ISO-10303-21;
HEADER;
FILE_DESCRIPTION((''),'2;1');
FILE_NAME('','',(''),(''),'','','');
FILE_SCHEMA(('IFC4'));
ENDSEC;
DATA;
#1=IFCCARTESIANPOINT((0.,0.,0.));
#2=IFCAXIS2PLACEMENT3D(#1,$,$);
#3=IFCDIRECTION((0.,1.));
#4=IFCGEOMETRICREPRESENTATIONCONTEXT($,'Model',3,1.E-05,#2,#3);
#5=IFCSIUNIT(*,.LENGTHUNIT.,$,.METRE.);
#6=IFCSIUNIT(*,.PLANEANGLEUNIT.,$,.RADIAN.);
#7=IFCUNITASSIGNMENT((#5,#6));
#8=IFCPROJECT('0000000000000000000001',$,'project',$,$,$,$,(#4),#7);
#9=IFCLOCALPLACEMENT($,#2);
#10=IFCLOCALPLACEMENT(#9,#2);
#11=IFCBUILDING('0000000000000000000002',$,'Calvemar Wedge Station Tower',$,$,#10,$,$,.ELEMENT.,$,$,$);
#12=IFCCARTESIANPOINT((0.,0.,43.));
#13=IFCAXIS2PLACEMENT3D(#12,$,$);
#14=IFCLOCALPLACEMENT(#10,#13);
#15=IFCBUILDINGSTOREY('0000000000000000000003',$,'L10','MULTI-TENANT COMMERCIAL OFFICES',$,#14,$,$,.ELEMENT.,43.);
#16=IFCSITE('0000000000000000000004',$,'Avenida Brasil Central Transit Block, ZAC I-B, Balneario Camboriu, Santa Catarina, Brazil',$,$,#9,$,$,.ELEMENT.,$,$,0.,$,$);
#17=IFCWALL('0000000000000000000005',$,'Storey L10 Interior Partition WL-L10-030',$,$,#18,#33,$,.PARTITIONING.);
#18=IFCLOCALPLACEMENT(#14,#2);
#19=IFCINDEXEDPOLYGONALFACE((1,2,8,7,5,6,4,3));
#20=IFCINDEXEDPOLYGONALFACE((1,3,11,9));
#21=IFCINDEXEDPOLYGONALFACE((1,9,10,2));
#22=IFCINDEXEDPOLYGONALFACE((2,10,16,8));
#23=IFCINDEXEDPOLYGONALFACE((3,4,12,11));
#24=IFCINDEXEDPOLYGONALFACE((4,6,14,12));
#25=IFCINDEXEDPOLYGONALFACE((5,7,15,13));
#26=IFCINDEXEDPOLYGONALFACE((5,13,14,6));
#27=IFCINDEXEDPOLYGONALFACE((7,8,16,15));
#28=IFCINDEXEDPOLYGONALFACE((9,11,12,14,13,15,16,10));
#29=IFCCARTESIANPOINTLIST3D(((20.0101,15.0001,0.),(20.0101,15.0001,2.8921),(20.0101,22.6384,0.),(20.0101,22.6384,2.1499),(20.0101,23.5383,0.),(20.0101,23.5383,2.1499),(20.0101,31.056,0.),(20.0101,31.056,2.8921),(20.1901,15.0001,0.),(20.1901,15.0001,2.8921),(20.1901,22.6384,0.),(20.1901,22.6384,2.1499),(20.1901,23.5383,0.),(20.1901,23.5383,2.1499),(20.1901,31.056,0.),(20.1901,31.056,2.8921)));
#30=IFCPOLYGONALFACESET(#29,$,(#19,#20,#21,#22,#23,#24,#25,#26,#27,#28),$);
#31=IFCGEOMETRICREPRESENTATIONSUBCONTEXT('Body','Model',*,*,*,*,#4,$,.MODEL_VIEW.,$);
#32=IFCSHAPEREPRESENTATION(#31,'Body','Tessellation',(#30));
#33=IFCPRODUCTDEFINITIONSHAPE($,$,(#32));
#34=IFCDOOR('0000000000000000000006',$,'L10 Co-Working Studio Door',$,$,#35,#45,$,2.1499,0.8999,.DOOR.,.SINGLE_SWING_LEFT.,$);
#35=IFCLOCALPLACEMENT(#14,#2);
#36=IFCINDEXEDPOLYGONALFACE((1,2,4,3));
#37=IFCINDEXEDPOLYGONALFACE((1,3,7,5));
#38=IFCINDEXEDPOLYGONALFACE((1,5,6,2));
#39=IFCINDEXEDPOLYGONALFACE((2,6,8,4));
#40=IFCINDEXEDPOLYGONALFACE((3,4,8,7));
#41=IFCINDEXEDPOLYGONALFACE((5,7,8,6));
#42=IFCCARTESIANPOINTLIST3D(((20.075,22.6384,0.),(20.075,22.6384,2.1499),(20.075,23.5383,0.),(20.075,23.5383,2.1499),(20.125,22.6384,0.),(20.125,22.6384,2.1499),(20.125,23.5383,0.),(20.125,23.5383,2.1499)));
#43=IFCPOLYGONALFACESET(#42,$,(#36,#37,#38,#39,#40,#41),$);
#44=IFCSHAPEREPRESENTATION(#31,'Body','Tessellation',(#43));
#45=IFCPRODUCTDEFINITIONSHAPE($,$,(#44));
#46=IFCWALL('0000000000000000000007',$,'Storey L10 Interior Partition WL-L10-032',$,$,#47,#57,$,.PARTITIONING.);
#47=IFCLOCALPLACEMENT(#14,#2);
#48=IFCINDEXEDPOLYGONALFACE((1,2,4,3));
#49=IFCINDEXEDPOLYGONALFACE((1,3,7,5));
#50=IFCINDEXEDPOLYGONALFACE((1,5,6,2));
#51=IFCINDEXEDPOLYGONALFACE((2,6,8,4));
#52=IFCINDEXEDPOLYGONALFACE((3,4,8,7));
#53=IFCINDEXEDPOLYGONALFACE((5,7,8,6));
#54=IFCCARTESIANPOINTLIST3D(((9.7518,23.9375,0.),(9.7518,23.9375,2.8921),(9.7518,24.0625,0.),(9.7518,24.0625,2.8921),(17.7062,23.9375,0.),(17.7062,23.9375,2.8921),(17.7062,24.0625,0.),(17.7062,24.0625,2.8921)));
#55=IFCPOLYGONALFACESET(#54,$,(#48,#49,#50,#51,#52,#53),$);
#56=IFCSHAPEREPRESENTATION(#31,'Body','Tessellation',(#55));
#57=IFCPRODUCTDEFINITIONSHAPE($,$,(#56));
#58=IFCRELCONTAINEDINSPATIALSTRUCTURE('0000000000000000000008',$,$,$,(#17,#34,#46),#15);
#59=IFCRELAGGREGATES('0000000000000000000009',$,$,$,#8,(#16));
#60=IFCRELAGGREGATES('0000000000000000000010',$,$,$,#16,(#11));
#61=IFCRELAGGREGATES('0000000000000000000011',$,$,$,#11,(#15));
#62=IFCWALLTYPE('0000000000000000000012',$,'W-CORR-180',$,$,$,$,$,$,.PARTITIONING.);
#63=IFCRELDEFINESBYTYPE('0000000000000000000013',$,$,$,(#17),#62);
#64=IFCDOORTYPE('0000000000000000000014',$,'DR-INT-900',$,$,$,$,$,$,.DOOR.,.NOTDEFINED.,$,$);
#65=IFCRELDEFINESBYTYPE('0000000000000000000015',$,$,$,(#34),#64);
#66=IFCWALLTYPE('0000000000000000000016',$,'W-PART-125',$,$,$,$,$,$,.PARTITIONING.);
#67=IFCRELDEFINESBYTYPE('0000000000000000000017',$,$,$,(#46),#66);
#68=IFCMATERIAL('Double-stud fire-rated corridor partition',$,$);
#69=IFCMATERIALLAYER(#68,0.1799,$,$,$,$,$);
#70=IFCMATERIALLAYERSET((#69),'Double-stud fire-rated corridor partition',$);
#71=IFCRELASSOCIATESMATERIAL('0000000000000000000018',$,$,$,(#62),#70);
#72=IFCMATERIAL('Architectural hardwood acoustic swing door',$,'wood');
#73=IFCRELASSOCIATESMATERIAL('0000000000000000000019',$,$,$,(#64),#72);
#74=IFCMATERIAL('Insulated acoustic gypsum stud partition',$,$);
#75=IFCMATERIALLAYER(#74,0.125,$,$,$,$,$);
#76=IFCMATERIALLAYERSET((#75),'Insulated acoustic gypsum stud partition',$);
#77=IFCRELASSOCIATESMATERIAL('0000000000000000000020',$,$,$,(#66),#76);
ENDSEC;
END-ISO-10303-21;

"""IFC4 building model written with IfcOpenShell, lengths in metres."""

from ifc_helpers import new_model, si_unit, direction, frame, frame_2d, origin, place, context, subcontext, project, spatial, rectangle, extrude, source, transform, mapped, material, layer, layer_set, type_object, element, fill, save


model = new_model("IFC4")

# Units and contexts
model_context = context("Model", 3, precision=1e-05, world=origin(), true_north=direction((0.0, 1.0)))
body_context = subcontext(model_context, "Body", "Model", "MODEL_VIEW")
ifc_project = project(units=[si_unit("LENGTHUNIT", "METRE"), si_unit("PLANEANGLEUNIT", "RADIAN")], contexts=[model_context])

# Site, building, storey
site_placement = place(None, origin())
site = spatial("IfcSite", under=ifc_project, at=site_placement, Name="Avenida Brasil Central Transit Block, ZAC I-B, Balneario Camboriu, Santa Catarina, Brazil", CompositionType="ELEMENT", RefElevation=0.0)
building_placement = place(site_placement, origin())
building = spatial("IfcBuilding", under=site, at=building_placement, Name="Calvemar Wedge Station Tower", CompositionType="ELEMENT")
storey_placement = place(building_placement, frame((0.0, 0.0, 43.0)))
storey = spatial("IfcBuildingStorey", under=building, at=storey_placement, Name="L10", Description="MULTI-TENANT COMMERCIAL OFFICES", CompositionType="ELEMENT", Elevation=43.0)

# Shared definitions
ifc_material_1 = material(Name="Double-stud fire-rated corridor partition")
ifc_layer_1 = layer(ifc_material_1, 0.1799)
ifc_layer_set_1 = layer_set([ifc_layer_1], Name="Double-stud fire-rated corridor partition")
wall_type_1 = type_object("IfcWallType", Name="W-CORR-180", PredefinedType="PARTITIONING", material=ifc_layer_set_1)

# Wall, opening, door
shared_shape_1 = source(origin(), body_context, "Body", "SweptSolid", [
    extrude(rectangle(XDim=0.8999, YDim=2.1499, at=frame_2d((0.45, 1.075))), frame((0.0, 0.1001, 0.0), z_axis=(0.0, -1.0, 0.0), x_axis=(1.0, 0.0, 0.0)), (0.0, 0.0, 1.0), 0.2),
])
ifc_material_2 = material(Name="Architectural hardwood acoustic swing door", Category="wood")
door_type_1 = type_object("IfcDoorType", Name="DR-INT-900", OperationType="NOTDEFINED", PredefinedType="DOOR", material=ifc_material_2)
shared_shape_2 = source(origin(), body_context, "Body", "SweptSolid", [
    extrude(rectangle(XDim=0.8999, YDim=2.1499, at=frame_2d((0.45, 1.075))), frame((0.0, 0.0249, 0.0), z_axis=(0.0, -1.0, 0.0), x_axis=(1.0, 0.0, 0.0)), (0.0, 0.0, 1.0), 0.05),
])
wall_1_placement = place(storey_placement, frame((20.1001, 31.0559, 0.0), z_axis=(0.0, 0.0, 1.0), x_axis=(0.0, -1.0, 0.0)))
wall_1 = element("IfcWall", 1, at=wall_1_placement, inside=storey, type_object=wall_type_1, Name="Storey L10 Interior Partition WL-L10-030", PredefinedType="PARTITIONING", context=body_context, shape_type="SweptSolid", body=[
    extrude(rectangle(XDim=16.0559, YDim=0.1799, at=frame_2d((8.0278, 0.0))), origin(), (0.0, 0.0, 1.0), 2.8921),
])
opening_1_placement = place(wall_1_placement, frame((7.5176, 0.0, 0.0)))
opening_1 = element("IfcOpeningElement", 2, at=opening_1_placement, cuts=wall_1, PredefinedType="OPENING", context=body_context, shape_type="MappedRepresentation", body=[
    mapped(shared_shape_1, transform((0.0, 0.0, 0.0), scale=1.0)),
])
door_1_placement = place(opening_1_placement, origin())
door_1 = element("IfcDoor", 3, at=door_1_placement, inside=storey, type_object=door_type_1, Name="L10 Co-Working Studio Door", OperationType="SINGLE_SWING_LEFT", OverallHeight=2.1499, OverallWidth=0.8999, PredefinedType="DOOR", context=body_context, shape_type="MappedRepresentation", body=[
    mapped(shared_shape_2, transform((0.0, 0.0, 0.0), scale=1.0)),
])
fill(opening_1, door_1)

# Wall
ifc_material_3 = material(Name="Insulated acoustic gypsum stud partition")
ifc_layer_2 = layer(ifc_material_3, 0.125)
ifc_layer_set_2 = layer_set([ifc_layer_2], Name="Insulated acoustic gypsum stud partition")
wall_type_2 = type_object("IfcWallType", Name="W-PART-125", PredefinedType="PARTITIONING", material=ifc_layer_set_2)
wall_2_placement = place(storey_placement, frame((17.7061, 24.0, 0.0), z_axis=(0.0, 0.0, 1.0), x_axis=(-1.0, 0.0, 0.0)))
element("IfcWall", 4, at=wall_2_placement, inside=storey, type_object=wall_type_2, Name="Storey L10 Interior Partition WL-L10-032", PredefinedType="PARTITIONING", context=body_context, shape_type="SweptSolid", body=[
    extrude(rectangle(XDim=7.9543, YDim=0.125, at=frame_2d((3.9771, 0.0))), origin(), (0.0, 0.0, 1.0), 2.8921),
])

save(model, "model.ifc")
